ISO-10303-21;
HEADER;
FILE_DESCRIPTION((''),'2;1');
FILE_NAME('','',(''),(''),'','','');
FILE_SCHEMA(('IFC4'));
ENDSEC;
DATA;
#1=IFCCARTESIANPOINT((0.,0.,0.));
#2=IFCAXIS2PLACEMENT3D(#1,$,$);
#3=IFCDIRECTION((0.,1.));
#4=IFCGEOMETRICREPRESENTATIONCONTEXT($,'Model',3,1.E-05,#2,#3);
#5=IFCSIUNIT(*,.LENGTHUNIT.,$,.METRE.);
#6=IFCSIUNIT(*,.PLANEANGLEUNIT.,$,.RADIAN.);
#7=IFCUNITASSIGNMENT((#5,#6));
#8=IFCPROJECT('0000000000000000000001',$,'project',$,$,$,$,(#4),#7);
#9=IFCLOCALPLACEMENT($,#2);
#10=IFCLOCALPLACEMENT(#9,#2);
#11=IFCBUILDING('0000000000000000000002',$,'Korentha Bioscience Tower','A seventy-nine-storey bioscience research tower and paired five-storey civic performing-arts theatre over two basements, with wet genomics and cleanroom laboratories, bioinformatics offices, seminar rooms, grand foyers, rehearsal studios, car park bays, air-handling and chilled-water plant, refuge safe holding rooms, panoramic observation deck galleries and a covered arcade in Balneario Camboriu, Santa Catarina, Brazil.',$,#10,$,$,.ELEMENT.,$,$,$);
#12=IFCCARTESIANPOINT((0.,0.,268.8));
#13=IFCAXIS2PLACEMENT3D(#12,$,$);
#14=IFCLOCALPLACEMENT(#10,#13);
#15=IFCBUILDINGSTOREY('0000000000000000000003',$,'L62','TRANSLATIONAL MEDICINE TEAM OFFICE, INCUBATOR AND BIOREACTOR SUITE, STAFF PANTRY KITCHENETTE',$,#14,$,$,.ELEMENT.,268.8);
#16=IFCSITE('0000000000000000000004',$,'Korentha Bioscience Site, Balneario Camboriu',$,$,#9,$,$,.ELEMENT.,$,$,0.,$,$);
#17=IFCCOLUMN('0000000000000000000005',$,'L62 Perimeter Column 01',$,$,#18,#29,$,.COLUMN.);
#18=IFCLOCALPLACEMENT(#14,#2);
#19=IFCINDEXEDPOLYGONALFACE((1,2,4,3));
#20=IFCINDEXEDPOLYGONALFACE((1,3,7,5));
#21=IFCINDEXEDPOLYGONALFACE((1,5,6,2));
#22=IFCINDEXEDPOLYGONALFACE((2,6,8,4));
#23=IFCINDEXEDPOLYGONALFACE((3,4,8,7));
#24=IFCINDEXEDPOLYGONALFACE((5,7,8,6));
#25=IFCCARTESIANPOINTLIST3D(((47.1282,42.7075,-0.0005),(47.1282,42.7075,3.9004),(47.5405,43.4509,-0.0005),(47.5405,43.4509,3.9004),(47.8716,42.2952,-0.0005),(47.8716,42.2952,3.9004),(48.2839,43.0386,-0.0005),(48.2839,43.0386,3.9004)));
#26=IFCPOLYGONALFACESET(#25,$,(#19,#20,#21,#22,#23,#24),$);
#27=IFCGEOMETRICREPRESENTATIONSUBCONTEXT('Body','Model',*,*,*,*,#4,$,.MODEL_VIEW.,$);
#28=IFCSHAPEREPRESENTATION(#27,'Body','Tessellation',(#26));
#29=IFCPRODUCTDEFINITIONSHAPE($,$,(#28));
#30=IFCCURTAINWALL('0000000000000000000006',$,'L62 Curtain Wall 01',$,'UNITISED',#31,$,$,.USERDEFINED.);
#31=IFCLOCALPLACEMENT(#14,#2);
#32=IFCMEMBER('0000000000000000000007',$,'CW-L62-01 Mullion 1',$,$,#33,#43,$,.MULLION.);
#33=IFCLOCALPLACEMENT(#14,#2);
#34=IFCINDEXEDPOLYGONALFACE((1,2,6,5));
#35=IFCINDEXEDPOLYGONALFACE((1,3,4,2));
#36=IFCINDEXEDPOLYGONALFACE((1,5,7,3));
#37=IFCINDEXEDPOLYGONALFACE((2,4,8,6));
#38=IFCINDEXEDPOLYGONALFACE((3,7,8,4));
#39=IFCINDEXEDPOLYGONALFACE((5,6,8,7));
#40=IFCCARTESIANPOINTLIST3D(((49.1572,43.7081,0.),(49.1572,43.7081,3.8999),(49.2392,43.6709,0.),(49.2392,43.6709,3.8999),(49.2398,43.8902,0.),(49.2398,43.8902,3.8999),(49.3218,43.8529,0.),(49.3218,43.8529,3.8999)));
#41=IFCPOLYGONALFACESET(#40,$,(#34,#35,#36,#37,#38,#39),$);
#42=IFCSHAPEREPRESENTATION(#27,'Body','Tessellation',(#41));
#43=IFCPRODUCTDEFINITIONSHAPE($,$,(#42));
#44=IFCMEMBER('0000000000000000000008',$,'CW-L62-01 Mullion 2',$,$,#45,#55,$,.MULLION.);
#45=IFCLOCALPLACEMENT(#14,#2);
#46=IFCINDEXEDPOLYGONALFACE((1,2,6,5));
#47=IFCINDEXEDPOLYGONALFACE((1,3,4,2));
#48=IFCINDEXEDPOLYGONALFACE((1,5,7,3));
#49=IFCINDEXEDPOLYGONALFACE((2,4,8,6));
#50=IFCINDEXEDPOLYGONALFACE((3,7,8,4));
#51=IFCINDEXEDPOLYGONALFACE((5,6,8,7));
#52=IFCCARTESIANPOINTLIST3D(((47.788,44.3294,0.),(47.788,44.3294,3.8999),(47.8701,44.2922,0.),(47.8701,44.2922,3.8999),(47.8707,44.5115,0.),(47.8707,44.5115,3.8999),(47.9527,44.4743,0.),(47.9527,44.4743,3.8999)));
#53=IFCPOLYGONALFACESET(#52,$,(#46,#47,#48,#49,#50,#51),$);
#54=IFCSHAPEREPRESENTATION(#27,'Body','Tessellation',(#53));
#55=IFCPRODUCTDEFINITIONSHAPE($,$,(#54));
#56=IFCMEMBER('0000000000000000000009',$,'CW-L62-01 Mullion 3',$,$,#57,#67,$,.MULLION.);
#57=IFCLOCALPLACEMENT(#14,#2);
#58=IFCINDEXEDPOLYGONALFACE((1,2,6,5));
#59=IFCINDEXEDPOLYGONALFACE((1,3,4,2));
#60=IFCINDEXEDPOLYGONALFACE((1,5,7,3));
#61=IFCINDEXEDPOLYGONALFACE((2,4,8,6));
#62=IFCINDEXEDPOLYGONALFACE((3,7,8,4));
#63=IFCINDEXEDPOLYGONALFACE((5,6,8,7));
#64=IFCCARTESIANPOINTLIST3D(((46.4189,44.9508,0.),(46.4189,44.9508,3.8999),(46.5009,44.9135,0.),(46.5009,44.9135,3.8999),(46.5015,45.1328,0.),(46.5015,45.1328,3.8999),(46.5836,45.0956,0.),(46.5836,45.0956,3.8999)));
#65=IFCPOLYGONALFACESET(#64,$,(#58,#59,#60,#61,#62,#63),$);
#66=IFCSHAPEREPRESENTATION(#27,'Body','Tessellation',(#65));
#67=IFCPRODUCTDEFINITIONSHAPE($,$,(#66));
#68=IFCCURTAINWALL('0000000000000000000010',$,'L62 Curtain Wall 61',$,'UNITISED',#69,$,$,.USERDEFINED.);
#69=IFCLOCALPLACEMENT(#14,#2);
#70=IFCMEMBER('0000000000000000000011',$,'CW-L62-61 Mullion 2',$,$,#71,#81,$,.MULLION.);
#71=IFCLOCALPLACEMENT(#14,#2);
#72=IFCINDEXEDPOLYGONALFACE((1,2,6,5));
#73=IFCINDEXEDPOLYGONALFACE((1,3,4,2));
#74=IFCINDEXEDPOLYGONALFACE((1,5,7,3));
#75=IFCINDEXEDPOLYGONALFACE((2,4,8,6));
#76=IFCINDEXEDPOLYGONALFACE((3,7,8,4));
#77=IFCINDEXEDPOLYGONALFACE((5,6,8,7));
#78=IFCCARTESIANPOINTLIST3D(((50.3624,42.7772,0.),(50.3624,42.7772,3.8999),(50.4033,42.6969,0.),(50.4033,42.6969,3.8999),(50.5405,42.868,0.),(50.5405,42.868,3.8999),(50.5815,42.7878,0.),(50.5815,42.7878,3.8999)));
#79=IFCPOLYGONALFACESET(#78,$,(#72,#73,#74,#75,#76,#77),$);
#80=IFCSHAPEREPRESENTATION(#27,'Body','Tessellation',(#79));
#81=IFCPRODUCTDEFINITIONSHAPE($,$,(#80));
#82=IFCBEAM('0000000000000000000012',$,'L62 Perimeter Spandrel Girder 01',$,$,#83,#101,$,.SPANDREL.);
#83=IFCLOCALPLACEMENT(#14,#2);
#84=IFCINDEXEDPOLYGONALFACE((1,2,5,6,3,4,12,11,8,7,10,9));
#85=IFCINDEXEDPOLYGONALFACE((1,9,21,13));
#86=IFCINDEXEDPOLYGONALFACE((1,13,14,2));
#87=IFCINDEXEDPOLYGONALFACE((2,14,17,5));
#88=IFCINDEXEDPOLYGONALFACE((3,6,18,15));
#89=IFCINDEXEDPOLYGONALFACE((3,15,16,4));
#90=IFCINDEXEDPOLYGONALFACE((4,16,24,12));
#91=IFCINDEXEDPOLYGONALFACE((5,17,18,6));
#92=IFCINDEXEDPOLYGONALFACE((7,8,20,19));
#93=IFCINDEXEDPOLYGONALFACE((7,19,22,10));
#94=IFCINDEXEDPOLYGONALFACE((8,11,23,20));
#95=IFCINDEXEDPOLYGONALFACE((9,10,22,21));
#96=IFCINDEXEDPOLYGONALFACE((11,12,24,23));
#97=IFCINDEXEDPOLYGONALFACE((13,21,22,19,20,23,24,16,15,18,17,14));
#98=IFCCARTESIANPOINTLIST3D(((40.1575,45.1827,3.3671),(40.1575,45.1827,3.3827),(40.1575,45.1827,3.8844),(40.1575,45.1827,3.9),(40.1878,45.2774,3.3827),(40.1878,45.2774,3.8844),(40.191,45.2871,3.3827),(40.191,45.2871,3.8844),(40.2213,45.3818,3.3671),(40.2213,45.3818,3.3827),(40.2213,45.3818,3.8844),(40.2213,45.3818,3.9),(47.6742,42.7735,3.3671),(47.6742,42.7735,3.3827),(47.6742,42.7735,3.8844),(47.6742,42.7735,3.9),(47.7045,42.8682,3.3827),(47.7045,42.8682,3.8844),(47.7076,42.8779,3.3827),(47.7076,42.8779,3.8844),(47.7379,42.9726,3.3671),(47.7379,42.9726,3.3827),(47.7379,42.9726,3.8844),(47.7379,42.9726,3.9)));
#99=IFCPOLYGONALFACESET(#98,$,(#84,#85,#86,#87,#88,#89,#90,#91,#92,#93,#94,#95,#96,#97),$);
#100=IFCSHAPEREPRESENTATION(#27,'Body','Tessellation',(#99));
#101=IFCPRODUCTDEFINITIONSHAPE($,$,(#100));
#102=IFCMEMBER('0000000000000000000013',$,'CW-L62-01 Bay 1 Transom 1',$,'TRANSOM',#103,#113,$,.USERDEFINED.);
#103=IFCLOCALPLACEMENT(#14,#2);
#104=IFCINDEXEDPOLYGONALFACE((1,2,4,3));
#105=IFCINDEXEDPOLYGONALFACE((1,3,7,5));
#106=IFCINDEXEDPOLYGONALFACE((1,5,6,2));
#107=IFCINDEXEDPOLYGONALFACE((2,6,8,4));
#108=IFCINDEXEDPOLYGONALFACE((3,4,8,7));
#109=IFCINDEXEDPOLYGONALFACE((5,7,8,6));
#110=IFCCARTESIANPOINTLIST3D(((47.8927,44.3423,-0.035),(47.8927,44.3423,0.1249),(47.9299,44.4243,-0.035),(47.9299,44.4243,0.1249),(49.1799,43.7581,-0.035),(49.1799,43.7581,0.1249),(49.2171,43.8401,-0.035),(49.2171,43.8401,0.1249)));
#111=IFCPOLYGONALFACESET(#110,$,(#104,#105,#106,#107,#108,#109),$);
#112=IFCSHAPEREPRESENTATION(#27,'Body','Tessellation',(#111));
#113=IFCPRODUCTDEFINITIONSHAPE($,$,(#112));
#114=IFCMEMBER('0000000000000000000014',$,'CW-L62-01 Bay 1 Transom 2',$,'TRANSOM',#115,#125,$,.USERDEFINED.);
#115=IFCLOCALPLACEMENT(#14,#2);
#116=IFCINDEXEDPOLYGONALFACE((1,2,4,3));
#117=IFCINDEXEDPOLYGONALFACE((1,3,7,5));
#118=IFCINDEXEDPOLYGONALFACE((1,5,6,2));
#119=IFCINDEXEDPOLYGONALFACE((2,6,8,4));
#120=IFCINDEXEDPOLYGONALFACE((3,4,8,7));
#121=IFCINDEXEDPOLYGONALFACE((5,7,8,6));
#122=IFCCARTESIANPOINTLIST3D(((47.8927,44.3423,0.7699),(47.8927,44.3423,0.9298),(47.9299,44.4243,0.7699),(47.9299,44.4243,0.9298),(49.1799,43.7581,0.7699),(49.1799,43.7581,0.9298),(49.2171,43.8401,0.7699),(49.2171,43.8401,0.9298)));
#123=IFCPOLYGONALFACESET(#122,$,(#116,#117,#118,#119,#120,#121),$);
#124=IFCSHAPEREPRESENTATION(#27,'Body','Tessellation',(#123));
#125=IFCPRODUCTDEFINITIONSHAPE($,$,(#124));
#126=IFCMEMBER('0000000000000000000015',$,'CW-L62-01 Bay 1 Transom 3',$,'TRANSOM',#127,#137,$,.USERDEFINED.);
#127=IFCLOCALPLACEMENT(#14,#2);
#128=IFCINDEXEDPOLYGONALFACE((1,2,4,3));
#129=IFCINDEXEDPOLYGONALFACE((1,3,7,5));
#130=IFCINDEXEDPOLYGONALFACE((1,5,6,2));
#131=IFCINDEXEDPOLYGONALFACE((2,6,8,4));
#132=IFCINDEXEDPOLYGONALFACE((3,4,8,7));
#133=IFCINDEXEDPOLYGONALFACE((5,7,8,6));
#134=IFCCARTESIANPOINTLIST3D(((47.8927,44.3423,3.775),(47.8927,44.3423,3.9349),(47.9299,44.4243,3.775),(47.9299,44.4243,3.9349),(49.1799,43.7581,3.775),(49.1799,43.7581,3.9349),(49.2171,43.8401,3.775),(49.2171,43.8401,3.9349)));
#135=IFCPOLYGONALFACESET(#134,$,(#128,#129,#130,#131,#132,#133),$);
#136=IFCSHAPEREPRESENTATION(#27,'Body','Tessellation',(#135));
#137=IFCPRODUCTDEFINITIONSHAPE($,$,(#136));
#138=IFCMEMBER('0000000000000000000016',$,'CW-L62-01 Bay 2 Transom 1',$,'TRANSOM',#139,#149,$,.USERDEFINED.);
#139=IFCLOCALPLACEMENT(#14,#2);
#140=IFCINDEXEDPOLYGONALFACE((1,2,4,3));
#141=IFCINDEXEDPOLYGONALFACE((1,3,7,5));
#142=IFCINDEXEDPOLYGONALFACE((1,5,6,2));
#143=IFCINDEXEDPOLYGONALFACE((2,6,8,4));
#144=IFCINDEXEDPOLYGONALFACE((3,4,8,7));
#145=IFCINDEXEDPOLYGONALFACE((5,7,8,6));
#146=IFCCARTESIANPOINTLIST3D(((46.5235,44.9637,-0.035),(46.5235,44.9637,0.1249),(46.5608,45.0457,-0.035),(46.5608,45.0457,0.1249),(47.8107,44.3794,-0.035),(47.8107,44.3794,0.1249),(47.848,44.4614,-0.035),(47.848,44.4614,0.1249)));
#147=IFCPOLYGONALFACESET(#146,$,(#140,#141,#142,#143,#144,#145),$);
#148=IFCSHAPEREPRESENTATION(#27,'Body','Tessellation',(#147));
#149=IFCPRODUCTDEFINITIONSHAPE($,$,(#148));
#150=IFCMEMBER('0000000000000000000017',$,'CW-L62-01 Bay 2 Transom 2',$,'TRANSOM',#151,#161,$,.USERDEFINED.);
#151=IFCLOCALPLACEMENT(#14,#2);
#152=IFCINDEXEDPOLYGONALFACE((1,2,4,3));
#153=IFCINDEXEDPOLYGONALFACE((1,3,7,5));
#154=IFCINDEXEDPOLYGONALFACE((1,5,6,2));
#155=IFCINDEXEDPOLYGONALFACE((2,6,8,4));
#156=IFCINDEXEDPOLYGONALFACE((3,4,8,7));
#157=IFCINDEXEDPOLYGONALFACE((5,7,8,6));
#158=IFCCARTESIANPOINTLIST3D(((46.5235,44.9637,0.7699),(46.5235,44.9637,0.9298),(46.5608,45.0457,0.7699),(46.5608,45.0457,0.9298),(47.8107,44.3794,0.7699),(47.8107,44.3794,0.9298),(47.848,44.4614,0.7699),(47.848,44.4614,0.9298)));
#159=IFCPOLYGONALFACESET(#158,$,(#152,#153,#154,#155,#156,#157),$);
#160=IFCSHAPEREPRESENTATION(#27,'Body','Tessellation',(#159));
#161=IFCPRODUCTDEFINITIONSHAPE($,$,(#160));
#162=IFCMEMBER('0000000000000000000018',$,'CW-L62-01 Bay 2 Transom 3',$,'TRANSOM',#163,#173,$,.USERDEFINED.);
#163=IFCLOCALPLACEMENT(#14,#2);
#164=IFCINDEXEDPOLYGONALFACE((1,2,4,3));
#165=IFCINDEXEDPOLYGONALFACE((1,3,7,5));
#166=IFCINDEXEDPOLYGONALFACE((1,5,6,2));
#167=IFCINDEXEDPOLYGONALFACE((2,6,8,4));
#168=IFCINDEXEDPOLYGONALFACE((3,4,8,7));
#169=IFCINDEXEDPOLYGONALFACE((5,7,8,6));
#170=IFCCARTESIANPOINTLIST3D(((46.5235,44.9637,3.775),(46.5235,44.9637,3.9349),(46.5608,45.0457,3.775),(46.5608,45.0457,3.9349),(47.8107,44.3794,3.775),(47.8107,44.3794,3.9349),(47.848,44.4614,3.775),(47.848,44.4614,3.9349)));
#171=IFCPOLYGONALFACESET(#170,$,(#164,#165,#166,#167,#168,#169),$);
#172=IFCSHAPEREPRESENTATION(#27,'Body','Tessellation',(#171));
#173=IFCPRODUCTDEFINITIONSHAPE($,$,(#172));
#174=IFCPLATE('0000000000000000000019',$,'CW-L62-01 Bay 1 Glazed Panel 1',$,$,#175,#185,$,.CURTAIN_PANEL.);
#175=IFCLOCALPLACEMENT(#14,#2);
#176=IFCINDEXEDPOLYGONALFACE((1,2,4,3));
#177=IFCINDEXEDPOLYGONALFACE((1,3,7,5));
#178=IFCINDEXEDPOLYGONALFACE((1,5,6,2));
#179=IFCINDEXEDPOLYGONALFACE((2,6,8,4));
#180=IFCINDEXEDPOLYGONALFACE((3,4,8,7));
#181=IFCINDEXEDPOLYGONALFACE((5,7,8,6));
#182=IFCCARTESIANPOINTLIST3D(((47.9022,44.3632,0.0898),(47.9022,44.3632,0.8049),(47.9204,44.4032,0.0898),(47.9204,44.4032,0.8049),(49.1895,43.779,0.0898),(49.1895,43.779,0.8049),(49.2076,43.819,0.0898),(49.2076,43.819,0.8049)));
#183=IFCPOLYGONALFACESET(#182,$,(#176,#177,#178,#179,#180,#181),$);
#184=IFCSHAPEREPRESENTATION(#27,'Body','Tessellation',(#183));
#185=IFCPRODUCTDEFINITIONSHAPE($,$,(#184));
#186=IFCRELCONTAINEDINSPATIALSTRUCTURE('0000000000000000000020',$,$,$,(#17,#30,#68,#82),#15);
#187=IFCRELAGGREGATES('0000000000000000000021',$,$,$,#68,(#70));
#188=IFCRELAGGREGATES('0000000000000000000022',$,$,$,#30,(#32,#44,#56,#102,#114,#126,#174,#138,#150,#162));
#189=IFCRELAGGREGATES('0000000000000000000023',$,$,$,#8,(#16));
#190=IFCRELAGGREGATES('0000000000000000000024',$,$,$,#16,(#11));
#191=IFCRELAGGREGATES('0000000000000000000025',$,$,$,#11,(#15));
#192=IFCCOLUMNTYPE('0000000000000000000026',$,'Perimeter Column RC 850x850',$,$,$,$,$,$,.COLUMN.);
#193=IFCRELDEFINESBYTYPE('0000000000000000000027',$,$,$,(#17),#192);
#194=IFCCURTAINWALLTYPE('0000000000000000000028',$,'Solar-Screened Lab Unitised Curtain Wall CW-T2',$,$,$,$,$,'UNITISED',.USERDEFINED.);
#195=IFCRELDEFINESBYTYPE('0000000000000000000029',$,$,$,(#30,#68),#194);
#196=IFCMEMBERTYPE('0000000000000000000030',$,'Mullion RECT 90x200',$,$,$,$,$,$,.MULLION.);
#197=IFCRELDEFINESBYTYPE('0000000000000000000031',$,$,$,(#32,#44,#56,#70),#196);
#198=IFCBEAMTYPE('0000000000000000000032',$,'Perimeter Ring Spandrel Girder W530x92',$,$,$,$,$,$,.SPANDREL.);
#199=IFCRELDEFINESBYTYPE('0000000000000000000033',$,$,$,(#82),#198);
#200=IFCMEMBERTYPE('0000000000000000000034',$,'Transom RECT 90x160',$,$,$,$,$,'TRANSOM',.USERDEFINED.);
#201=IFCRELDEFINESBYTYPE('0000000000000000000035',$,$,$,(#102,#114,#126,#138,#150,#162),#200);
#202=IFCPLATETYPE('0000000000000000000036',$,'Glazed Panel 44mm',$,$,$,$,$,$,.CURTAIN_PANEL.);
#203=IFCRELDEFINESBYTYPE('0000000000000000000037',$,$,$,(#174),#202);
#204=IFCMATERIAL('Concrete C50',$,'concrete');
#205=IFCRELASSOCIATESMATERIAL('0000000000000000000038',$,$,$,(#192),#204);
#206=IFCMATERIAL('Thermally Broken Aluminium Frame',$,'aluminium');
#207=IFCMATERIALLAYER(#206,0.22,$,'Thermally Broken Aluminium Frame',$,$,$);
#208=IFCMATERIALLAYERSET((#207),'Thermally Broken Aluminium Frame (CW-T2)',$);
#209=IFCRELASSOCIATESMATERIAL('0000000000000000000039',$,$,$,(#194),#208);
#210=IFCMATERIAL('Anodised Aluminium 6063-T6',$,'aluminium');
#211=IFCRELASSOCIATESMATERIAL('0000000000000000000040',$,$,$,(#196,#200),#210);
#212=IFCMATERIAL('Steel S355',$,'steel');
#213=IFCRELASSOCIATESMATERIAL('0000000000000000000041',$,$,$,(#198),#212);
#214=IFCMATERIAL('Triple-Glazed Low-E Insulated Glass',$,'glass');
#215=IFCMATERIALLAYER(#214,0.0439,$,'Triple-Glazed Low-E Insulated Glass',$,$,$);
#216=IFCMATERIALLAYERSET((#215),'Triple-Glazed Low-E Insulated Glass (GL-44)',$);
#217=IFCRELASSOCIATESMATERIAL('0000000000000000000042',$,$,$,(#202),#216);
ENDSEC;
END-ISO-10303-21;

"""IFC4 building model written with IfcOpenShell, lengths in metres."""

from ifc_helpers import new_model, si_unit, direction, frame, origin, origin_2d, place, context, subcontext, project, spatial, rectangle, i_section, extrude, material, layer, layer_set, material_profile, profile_set, type_object, element, aggregate, save


model = new_model("IFC4")

# Units and contexts
model_context = context("Model", 3, precision=1e-05, world=origin(), true_north=direction((0.0, 1.0)))
body_context = subcontext(model_context, "Body", "Model", "MODEL_VIEW")
ifc_project = project(units=[si_unit("LENGTHUNIT", "METRE"), si_unit("PLANEANGLEUNIT", "RADIAN")], contexts=[model_context])

# Site, building, storey
site_placement = place(None, origin())
site = spatial("IfcSite", under=ifc_project, at=site_placement, Name="Korentha Bioscience Site, Balneario Camboriu", CompositionType="ELEMENT", RefElevation=0.0)
building_placement = place(site_placement, origin())
building = spatial("IfcBuilding", under=site, at=building_placement, Name="Korentha Bioscience Tower", Description="A seventy-nine-storey bioscience research tower and paired five-storey civic performing-arts theatre over two basements, with wet genomics and cleanroom laboratories, bioinformatics offices, seminar rooms, grand foyers, rehearsal studios, car park bays, air-handling and chilled-water plant, refuge safe holding rooms, panoramic observation deck galleries and a covered arcade in Balneario Camboriu, Santa Catarina, Brazil.", CompositionType="ELEMENT")
storey_placement = place(building_placement, frame((0.0, 0.0, 268.8)))
storey = spatial("IfcBuildingStorey", under=building, at=storey_placement, Name="L62", Description="TRANSLATIONAL MEDICINE TEAM OFFICE, INCUBATOR AND BIOREACTOR SUITE, STAFF PANTRY KITCHENETTE", CompositionType="ELEMENT", Elevation=268.8)

# Column
ifc_material_1 = material(Name="Concrete C50", Category="concrete")
ifc_material_profile_1 = material_profile(ifc_material_1, rectangle(XDim=0.8501, YDim=0.8501, at=origin_2d()), Name="Concrete C50")
ifc_profile_set_1 = profile_set([ifc_material_profile_1], Name="Concrete C50 (COL-P08)")
column_type = type_object("IfcColumnType", Name="Perimeter Column RC 850x850", PredefinedType="COLUMN", material=ifc_profile_set_1)
column_placement = place(storey_placement, frame((47.7061, 42.873, -0.0005), z_axis=(0.0, 0.0, 1.0), x_axis=(-0.874535, 0.484962, 0.0)))
element("IfcColumn", 1, at=column_placement, inside=storey, type_object=column_type, Name="L62 Perimeter Column 01", PredefinedType="COLUMN", context=body_context, shape_type="SweptSolid", body=[
    extrude(rectangle(XDim=0.8501, YDim=0.8501, at=origin_2d()), origin(), (0.0, 0.0, 1.0), 3.9009),
])

# Curtain wall, members
ifc_material_2 = material(Name="Thermally Broken Aluminium Frame", Category="aluminium")
ifc_layer_1 = layer(ifc_material_2, 0.22, Name="Thermally Broken Aluminium Frame")
ifc_layer_set_1 = layer_set([ifc_layer_1], Name="Thermally Broken Aluminium Frame (CW-T2)")
curtain_wall_type = type_object("IfcCurtainWallType", Name="Solar-Screened Lab Unitised Curtain Wall CW-T2", ElementType="UNITISED", PredefinedType="USERDEFINED", material=ifc_layer_set_1)
curtain_wall_1_placement = place(storey_placement, origin())
curtain_wall_1 = element("IfcCurtainWall", 2, at=curtain_wall_1_placement, inside=storey, type_object=curtain_wall_type, Name="L62 Curtain Wall 01", ObjectType="UNITISED", PredefinedType="USERDEFINED")
ifc_material_3 = material(Name="Anodised Aluminium 6063-T6", Category="aluminium")
ifc_material_profile_2 = material_profile(ifc_material_3, rectangle(XDim=0.0901, YDim=0.2, at=origin_2d()), Name="Anodised Aluminium 6063-T6")
ifc_profile_set_2 = profile_set([ifc_material_profile_2], Name="Anodised Aluminium 6063-T6 (CW-MUL)")
member_type_1 = type_object("IfcMemberType", Name="Mullion RECT 90x200", PredefinedType="MULLION", material=ifc_profile_set_2)
member_1_placement = place(storey_placement, frame((49.2395, 43.7805, 0.0), z_axis=(0.0, 0.0, 1.0), x_axis=(-0.910604, 0.41328, 0.0)))
member_1 = element("IfcMember", 3, at=member_1_placement, type_object=member_type_1, Name="CW-L62-01 Mullion 1", PredefinedType="MULLION", context=body_context, shape_type="SweptSolid", body=[
    extrude(rectangle(XDim=0.0901, YDim=0.2, at=origin_2d()), origin(), (0.0, 0.0, 1.0), 3.8999),
])
member_2_placement = place(storey_placement, frame((47.8704, 44.4019, 0.0), z_axis=(0.0, 0.0, 1.0), x_axis=(-0.910604, 0.41328, 0.0)))
member_2 = element("IfcMember", 4, at=member_2_placement, type_object=member_type_1, Name="CW-L62-01 Mullion 2", PredefinedType="MULLION", context=body_context, shape_type="SweptSolid", body=[
    extrude(rectangle(XDim=0.0901, YDim=0.2, at=origin_2d()), origin(), (0.0, 0.0, 1.0), 3.8999),
])
member_3_placement = place(storey_placement, frame((46.5012, 45.0232, 0.0), z_axis=(0.0, 0.0, 1.0), x_axis=(-0.910604, 0.41328, 0.0)))
member_3 = element("IfcMember", 5, at=member_3_placement, type_object=member_type_1, Name="CW-L62-01 Mullion 3", PredefinedType="MULLION", context=body_context, shape_type="SweptSolid", body=[
    extrude(rectangle(XDim=0.0901, YDim=0.2, at=origin_2d()), origin(), (0.0, 0.0, 1.0), 3.8999),
])

# Curtain wall, member
curtain_wall_2_placement = place(storey_placement, origin())
curtain_wall_2 = element("IfcCurtainWall", 6, at=curtain_wall_2_placement, inside=storey, type_object=curtain_wall_type, Name="L62 Curtain Wall 61", ObjectType="UNITISED", PredefinedType="USERDEFINED")
member_4_placement = place(storey_placement, frame((50.4719, 42.7825, 0.0), z_axis=(0.0, 0.0, 1.0), x_axis=(-0.454239, 0.89088, 0.0)))
member_4 = element("IfcMember", 7, at=member_4_placement, type_object=member_type_1, Name="CW-L62-61 Mullion 2", PredefinedType="MULLION", context=body_context, shape_type="SweptSolid", body=[
    extrude(rectangle(XDim=0.0901, YDim=0.2, at=origin_2d()), origin(), (0.0, 0.0, 1.0), 3.8999),
])
aggregate(curtain_wall_2, [member_4])

# Beam
ifc_material_4 = material(Name="Steel S355", Category="steel")
ifc_material_profile_3 = material_profile(ifc_material_4, i_section(OverallWidth=0.209, OverallDepth=0.533, WebThickness=0.0103, FlangeThickness=0.0156, at=origin_2d()), Name="Steel S355")
ifc_profile_set_3 = profile_set([ifc_material_profile_3], Name="Steel S355 (SB-530)")
beam_type = type_object("IfcBeamType", Name="Perimeter Ring Spandrel Girder W530x92", PredefinedType="SPANDREL", material=ifc_profile_set_3)
beam_placement = place(storey_placement, frame((47.7061, 42.873, 3.6335), z_axis=(-0.952282, 0.30522, 0.0), x_axis=(-0.30522, -0.952282, 0.0)))
element("IfcBeam", 8, at=beam_placement, inside=storey, type_object=beam_type, Name="L62 Perimeter Spandrel Girder 01", PredefinedType="SPANDREL", context=body_context, shape_type="SweptSolid", body=[
    extrude(i_section(OverallWidth=0.209, OverallDepth=0.533, WebThickness=0.0103, FlangeThickness=0.0156, at=origin_2d()), origin(), (0.0, 0.0, 1.0), 7.8933),
])

# Members
ifc_material_profile_4 = material_profile(ifc_material_3, rectangle(XDim=0.0901, YDim=0.1599, at=origin_2d()), Name="Anodised Aluminium 6063-T6")
ifc_profile_set_4 = profile_set([ifc_material_profile_4], Name="Anodised Aluminium 6063-T6 (CW-TRN)")
member_type_2 = type_object("IfcMemberType", Name="Transom RECT 90x160", ElementType="TRANSOM", PredefinedType="USERDEFINED", material=ifc_profile_set_4)
member_5_placement = place(storey_placement, frame((49.1985, 43.7991, 0.0449), z_axis=(-0.910585, 0.413321, 0.0), x_axis=(-0.413321, -0.910585, 0.0)))
member_5 = element("IfcMember", 9, at=member_5_placement, type_object=member_type_2, Name="CW-L62-01 Bay 1 Transom 1", ObjectType="TRANSOM", PredefinedType="USERDEFINED", context=body_context, shape_type="SweptSolid", body=[
    extrude(rectangle(XDim=0.0901, YDim=0.1599, at=origin_2d()), origin(), (0.0, 0.0, 1.0), 1.4136),
])
member_6_placement = place(storey_placement, frame((49.1985, 43.7991, 0.8499), z_axis=(-0.910585, 0.413321, 0.0), x_axis=(-0.413321, -0.910585, 0.0)))
member_6 = element("IfcMember", 10, at=member_6_placement, type_object=member_type_2, Name="CW-L62-01 Bay 1 Transom 2", ObjectType="TRANSOM", PredefinedType="USERDEFINED", context=body_context, shape_type="SweptSolid", body=[
    extrude(rectangle(XDim=0.0901, YDim=0.1599, at=origin_2d()), origin(), (0.0, 0.0, 1.0), 1.4136),
])
member_7_placement = place(storey_placement, frame((49.1985, 43.7991, 3.855), z_axis=(-0.910585, 0.413321, 0.0), x_axis=(-0.413321, -0.910585, 0.0)))
member_7 = element("IfcMember", 11, at=member_7_placement, type_object=member_type_2, Name="CW-L62-01 Bay 1 Transom 3", ObjectType="TRANSOM", PredefinedType="USERDEFINED", context=body_context, shape_type="SweptSolid", body=[
    extrude(rectangle(XDim=0.0901, YDim=0.1599, at=origin_2d()), origin(), (0.0, 0.0, 1.0), 1.4136),
])
member_8_placement = place(storey_placement, frame((47.8293, 44.4204, 0.0449), z_axis=(-0.910585, 0.413321, 0.0), x_axis=(-0.413321, -0.910585, 0.0)))
member_8 = element("IfcMember", 12, at=member_8_placement, type_object=member_type_2, Name="CW-L62-01 Bay 2 Transom 1", ObjectType="TRANSOM", PredefinedType="USERDEFINED", context=body_context, shape_type="SweptSolid", body=[
    extrude(rectangle(XDim=0.0901, YDim=0.1599, at=origin_2d()), origin(), (0.0, 0.0, 1.0), 1.4136),
])
member_9_placement = place(storey_placement, frame((47.8293, 44.4204, 0.8499), z_axis=(-0.910585, 0.413321, 0.0), x_axis=(-0.413321, -0.910585, 0.0)))
member_9 = element("IfcMember", 13, at=member_9_placement, type_object=member_type_2, Name="CW-L62-01 Bay 2 Transom 2", ObjectType="TRANSOM", PredefinedType="USERDEFINED", context=body_context, shape_type="SweptSolid", body=[
    extrude(rectangle(XDim=0.0901, YDim=0.1599, at=origin_2d()), origin(), (0.0, 0.0, 1.0), 1.4136),
])
member_10_placement = place(storey_placement, frame((47.8293, 44.4204, 3.855), z_axis=(-0.910585, 0.413321, 0.0), x_axis=(-0.413321, -0.910585, 0.0)))
member_10 = element("IfcMember", 14, at=member_10_placement, type_object=member_type_2, Name="CW-L62-01 Bay 2 Transom 3", ObjectType="TRANSOM", PredefinedType="USERDEFINED", context=body_context, shape_type="SweptSolid", body=[
    extrude(rectangle(XDim=0.0901, YDim=0.1599, at=origin_2d()), origin(), (0.0, 0.0, 1.0), 1.4136),
])

# Plate
ifc_material_5 = material(Name="Triple-Glazed Low-E Insulated Glass", Category="glass")
ifc_layer_2 = layer(ifc_material_5, 0.0439, Name="Triple-Glazed Low-E Insulated Glass")
ifc_layer_set_2 = layer_set([ifc_layer_2], Name="Triple-Glazed Low-E Insulated Glass (GL-44)")
plate_type = type_object("IfcPlateType", Name="Glazed Panel 44mm", PredefinedType="CURTAIN_PANEL", material=ifc_layer_set_2)
plate_1_placement = place(storey_placement, frame((48.5549, 44.0911, 0.0898), z_axis=(0.0, 0.0, 1.0), x_axis=(-0.910604, 0.41328, 0.0)))
plate_1 = element("IfcPlate", 15, at=plate_1_placement, type_object=plate_type, Name="CW-L62-01 Bay 1 Glazed Panel 1", PredefinedType="CURTAIN_PANEL", context=body_context, shape_type="SweptSolid", body=[
    extrude(rectangle(XDim=1.4136, YDim=0.0439, at=origin_2d()), origin(), (0.0, 0.0, 1.0), 0.7151),
])
aggregate(curtain_wall_1, [member_1, member_2, member_3, member_5, member_6, member_7, plate_1, member_8, member_9, member_10])

save(model, "model.ifc")
